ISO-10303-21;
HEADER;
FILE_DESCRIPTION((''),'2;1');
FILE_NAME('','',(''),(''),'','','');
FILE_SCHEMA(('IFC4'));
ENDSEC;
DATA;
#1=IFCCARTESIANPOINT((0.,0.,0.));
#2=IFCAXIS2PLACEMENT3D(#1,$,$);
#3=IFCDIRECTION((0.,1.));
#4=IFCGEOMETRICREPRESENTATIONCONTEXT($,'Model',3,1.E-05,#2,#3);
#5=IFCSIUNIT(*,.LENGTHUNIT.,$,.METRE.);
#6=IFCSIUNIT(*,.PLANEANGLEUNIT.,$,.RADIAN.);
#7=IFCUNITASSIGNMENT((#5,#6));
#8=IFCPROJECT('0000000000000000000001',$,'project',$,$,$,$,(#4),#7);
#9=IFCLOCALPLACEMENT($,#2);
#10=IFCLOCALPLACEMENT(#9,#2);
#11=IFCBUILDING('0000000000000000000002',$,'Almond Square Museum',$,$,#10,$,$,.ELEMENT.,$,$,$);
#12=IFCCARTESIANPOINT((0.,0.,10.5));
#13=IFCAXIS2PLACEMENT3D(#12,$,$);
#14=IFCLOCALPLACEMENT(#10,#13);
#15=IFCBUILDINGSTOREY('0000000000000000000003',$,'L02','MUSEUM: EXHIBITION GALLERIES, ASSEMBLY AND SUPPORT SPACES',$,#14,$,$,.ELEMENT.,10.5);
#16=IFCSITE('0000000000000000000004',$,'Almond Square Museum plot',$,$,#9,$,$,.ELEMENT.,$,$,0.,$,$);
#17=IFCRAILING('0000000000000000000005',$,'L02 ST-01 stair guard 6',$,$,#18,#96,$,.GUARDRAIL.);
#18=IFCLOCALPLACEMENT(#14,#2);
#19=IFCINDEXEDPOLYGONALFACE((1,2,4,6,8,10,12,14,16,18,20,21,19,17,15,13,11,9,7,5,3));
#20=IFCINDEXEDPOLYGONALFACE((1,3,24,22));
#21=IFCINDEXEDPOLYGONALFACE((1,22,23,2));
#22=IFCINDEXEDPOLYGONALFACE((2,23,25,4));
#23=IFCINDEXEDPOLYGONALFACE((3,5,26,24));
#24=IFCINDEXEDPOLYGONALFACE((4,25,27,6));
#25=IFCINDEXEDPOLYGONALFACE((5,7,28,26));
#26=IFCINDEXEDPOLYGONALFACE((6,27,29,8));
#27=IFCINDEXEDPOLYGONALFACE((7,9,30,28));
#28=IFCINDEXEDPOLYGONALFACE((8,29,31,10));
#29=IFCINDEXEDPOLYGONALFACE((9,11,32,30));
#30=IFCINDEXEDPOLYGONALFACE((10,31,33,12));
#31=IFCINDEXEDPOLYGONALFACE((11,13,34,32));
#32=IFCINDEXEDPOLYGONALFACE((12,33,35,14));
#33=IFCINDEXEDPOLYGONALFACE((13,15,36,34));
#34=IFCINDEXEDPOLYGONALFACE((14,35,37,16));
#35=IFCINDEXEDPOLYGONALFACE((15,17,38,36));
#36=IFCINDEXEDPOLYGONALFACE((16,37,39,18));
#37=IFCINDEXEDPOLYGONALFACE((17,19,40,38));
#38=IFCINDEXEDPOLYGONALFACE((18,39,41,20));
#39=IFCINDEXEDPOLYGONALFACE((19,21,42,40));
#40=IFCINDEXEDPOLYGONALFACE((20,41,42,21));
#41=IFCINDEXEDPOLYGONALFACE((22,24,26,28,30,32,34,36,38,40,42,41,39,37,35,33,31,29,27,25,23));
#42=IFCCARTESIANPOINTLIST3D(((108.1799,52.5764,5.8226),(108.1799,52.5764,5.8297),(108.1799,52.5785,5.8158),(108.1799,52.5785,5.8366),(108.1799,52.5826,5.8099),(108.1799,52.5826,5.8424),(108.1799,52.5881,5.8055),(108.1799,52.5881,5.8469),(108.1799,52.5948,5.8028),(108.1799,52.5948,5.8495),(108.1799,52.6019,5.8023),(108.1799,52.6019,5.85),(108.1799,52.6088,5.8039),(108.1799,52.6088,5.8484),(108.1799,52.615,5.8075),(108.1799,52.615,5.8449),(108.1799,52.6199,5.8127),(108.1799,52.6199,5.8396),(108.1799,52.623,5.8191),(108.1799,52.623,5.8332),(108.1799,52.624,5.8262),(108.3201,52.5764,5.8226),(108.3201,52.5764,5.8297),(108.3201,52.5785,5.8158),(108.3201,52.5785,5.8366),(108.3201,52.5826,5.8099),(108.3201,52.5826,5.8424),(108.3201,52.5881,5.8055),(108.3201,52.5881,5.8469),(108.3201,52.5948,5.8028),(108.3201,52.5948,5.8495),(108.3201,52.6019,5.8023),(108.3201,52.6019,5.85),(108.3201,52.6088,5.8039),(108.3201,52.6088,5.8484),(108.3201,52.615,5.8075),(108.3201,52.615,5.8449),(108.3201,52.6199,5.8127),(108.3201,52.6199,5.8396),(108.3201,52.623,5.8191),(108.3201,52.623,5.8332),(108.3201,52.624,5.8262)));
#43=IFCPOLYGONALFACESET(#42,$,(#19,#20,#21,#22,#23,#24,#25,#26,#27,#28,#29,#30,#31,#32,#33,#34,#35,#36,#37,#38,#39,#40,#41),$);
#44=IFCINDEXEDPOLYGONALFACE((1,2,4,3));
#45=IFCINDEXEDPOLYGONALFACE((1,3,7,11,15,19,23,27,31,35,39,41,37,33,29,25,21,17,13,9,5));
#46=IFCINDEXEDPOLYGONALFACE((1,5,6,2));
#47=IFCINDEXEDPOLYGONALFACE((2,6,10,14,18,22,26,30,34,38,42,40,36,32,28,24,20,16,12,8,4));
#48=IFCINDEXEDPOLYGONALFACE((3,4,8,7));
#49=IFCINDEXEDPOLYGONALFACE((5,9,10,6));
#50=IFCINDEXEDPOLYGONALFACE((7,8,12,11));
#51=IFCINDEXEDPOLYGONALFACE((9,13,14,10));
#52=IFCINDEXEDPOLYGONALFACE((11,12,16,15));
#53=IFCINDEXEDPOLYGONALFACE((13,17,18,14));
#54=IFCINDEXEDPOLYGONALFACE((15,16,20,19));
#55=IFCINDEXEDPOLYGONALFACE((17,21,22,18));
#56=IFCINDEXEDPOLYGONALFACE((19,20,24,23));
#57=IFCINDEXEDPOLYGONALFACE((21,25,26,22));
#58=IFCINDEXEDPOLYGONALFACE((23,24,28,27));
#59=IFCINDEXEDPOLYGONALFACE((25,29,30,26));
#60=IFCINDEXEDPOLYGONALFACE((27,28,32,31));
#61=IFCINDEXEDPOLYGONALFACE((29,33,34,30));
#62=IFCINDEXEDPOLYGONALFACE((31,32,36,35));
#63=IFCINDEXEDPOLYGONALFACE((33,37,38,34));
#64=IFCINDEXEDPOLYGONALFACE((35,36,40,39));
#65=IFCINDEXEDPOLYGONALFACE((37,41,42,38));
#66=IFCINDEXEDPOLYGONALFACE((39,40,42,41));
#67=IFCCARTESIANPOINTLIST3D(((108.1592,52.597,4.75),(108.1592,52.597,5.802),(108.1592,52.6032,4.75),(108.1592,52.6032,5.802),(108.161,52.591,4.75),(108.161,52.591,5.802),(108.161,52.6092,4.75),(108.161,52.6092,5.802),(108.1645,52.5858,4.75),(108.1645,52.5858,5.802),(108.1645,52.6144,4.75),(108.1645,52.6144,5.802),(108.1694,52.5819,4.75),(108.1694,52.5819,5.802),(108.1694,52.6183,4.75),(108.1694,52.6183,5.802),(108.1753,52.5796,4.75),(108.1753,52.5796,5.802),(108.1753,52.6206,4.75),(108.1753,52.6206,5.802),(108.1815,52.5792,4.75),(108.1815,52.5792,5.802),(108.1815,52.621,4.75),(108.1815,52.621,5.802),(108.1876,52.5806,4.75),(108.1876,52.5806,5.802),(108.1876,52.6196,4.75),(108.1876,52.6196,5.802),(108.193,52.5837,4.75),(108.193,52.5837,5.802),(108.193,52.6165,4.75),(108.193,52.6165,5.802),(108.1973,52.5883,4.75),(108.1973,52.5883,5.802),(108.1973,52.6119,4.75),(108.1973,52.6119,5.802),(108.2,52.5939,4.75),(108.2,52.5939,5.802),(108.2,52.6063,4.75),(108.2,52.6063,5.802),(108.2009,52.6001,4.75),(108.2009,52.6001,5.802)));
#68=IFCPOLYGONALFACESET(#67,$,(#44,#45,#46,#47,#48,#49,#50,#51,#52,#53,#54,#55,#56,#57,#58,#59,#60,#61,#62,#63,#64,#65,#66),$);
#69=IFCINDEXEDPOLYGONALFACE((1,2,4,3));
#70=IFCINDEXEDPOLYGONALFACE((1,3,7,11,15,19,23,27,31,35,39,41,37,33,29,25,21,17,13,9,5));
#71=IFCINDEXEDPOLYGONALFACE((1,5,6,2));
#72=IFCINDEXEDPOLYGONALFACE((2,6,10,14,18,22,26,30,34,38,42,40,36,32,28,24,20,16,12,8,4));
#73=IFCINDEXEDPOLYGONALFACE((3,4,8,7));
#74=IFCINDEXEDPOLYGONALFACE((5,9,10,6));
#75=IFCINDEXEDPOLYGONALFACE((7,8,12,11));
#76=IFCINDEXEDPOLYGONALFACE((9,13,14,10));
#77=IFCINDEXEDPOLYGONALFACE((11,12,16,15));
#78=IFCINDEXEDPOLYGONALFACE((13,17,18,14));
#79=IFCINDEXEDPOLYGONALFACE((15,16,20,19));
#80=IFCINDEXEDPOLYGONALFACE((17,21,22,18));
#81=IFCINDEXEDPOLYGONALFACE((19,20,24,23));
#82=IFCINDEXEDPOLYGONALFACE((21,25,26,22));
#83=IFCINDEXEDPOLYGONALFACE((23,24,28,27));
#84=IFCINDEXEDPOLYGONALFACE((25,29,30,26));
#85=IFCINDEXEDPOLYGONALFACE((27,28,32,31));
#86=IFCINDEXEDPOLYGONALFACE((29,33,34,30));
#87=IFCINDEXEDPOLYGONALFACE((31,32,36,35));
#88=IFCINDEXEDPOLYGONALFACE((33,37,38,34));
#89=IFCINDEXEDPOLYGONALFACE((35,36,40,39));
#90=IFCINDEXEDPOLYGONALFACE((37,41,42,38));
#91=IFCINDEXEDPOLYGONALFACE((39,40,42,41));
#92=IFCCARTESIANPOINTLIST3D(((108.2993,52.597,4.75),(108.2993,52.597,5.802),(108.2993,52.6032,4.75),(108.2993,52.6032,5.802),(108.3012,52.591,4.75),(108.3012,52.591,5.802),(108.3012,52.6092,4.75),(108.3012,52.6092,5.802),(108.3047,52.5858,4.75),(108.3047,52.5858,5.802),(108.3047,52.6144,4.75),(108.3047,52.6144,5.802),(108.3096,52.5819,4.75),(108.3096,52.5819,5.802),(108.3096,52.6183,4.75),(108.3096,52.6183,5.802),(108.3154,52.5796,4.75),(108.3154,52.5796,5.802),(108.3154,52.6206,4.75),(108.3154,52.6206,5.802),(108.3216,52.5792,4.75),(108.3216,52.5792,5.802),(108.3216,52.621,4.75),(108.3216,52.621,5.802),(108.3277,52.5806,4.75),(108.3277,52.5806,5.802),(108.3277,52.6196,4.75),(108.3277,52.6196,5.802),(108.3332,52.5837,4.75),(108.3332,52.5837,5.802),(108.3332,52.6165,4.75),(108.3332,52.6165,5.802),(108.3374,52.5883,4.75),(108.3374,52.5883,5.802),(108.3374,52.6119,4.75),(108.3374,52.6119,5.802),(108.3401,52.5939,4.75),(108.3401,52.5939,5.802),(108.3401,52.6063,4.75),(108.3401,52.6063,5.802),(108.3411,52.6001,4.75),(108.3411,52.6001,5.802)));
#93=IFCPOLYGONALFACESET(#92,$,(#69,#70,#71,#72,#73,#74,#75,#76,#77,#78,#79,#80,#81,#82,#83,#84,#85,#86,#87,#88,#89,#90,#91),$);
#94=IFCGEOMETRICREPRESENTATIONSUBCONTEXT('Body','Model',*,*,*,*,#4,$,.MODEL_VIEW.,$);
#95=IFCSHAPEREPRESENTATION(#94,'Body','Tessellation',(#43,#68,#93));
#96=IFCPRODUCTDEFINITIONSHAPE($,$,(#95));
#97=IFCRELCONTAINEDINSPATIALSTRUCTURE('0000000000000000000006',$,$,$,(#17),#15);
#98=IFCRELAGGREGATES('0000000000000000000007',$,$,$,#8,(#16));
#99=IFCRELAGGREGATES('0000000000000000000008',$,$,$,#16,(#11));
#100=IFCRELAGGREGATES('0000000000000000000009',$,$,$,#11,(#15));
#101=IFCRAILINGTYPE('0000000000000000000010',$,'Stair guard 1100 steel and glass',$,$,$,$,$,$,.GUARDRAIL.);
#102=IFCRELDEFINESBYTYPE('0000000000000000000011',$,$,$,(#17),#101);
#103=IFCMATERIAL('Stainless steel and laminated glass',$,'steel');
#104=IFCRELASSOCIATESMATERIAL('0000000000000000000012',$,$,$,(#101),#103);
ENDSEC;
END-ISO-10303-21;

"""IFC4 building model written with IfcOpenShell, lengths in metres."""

from ifc_helpers import new_model, si_unit, direction, frame, origin, origin_2d, place, context, subcontext, project, spatial, circle, extrude, material, type_object, element, save


model = new_model("IFC4")

# Units and contexts
model_context = context("Model", 3, precision=1e-05, world=origin(), true_north=direction((0.0, 1.0)))
body_context = subcontext(model_context, "Body", "Model", "MODEL_VIEW")
ifc_project = project(units=[si_unit("LENGTHUNIT", "METRE"), si_unit("PLANEANGLEUNIT", "RADIAN")], contexts=[model_context])

# Site, building, storey
site_placement = place(None, origin())
site = spatial("IfcSite", under=ifc_project, at=site_placement, Name="Almond Square Museum plot", CompositionType="ELEMENT", RefElevation=0.0)
building_placement = place(site_placement, origin())
building = spatial("IfcBuilding", under=site, at=building_placement, Name="Almond Square Museum", CompositionType="ELEMENT")
storey_placement = place(building_placement, frame((0.0, 0.0, 10.5)))
storey = spatial("IfcBuildingStorey", under=building, at=storey_placement, Name="L02", Description="MUSEUM: EXHIBITION GALLERIES, ASSEMBLY AND SUPPORT SPACES", CompositionType="ELEMENT", Elevation=10.5)

# Railing
ifc_material_1 = material(Name="Stainless steel and laminated glass", Category="steel")
railing_type_1 = type_object("IfcRailingType", Name="Stair guard 1100 steel and glass", PredefinedType="GUARDRAIL", material=ifc_material_1)
railing_1_placement = place(storey_placement, frame((108.1799, 52.6001, 4.75)))
element("IfcRailing", 1, at=railing_1_placement, inside=storey, type_object=railing_type_1, Name="L02 ST-01 stair guard 6", PredefinedType="GUARDRAIL", context=body_context, shape_type="SweptSolid", body=[
    extrude(circle(Radius=0.0239, at=origin_2d()), frame((0.0, 0.0, 1.0762), z_axis=(1.0, 0.0, 0.0), x_axis=(0.0, 1.0, 0.0)), (0.0, 0.0, 1.0), 0.1401),
    extrude(circle(Radius=0.021, at=origin_2d()), origin(), (0.0, 0.0, 1.0), 1.052),
    extrude(circle(Radius=0.021, at=origin_2d()), frame((0.1401, 0.0, 0.0)), (0.0, 0.0, 1.0), 1.052),
])

save(model, "model.ifc")
